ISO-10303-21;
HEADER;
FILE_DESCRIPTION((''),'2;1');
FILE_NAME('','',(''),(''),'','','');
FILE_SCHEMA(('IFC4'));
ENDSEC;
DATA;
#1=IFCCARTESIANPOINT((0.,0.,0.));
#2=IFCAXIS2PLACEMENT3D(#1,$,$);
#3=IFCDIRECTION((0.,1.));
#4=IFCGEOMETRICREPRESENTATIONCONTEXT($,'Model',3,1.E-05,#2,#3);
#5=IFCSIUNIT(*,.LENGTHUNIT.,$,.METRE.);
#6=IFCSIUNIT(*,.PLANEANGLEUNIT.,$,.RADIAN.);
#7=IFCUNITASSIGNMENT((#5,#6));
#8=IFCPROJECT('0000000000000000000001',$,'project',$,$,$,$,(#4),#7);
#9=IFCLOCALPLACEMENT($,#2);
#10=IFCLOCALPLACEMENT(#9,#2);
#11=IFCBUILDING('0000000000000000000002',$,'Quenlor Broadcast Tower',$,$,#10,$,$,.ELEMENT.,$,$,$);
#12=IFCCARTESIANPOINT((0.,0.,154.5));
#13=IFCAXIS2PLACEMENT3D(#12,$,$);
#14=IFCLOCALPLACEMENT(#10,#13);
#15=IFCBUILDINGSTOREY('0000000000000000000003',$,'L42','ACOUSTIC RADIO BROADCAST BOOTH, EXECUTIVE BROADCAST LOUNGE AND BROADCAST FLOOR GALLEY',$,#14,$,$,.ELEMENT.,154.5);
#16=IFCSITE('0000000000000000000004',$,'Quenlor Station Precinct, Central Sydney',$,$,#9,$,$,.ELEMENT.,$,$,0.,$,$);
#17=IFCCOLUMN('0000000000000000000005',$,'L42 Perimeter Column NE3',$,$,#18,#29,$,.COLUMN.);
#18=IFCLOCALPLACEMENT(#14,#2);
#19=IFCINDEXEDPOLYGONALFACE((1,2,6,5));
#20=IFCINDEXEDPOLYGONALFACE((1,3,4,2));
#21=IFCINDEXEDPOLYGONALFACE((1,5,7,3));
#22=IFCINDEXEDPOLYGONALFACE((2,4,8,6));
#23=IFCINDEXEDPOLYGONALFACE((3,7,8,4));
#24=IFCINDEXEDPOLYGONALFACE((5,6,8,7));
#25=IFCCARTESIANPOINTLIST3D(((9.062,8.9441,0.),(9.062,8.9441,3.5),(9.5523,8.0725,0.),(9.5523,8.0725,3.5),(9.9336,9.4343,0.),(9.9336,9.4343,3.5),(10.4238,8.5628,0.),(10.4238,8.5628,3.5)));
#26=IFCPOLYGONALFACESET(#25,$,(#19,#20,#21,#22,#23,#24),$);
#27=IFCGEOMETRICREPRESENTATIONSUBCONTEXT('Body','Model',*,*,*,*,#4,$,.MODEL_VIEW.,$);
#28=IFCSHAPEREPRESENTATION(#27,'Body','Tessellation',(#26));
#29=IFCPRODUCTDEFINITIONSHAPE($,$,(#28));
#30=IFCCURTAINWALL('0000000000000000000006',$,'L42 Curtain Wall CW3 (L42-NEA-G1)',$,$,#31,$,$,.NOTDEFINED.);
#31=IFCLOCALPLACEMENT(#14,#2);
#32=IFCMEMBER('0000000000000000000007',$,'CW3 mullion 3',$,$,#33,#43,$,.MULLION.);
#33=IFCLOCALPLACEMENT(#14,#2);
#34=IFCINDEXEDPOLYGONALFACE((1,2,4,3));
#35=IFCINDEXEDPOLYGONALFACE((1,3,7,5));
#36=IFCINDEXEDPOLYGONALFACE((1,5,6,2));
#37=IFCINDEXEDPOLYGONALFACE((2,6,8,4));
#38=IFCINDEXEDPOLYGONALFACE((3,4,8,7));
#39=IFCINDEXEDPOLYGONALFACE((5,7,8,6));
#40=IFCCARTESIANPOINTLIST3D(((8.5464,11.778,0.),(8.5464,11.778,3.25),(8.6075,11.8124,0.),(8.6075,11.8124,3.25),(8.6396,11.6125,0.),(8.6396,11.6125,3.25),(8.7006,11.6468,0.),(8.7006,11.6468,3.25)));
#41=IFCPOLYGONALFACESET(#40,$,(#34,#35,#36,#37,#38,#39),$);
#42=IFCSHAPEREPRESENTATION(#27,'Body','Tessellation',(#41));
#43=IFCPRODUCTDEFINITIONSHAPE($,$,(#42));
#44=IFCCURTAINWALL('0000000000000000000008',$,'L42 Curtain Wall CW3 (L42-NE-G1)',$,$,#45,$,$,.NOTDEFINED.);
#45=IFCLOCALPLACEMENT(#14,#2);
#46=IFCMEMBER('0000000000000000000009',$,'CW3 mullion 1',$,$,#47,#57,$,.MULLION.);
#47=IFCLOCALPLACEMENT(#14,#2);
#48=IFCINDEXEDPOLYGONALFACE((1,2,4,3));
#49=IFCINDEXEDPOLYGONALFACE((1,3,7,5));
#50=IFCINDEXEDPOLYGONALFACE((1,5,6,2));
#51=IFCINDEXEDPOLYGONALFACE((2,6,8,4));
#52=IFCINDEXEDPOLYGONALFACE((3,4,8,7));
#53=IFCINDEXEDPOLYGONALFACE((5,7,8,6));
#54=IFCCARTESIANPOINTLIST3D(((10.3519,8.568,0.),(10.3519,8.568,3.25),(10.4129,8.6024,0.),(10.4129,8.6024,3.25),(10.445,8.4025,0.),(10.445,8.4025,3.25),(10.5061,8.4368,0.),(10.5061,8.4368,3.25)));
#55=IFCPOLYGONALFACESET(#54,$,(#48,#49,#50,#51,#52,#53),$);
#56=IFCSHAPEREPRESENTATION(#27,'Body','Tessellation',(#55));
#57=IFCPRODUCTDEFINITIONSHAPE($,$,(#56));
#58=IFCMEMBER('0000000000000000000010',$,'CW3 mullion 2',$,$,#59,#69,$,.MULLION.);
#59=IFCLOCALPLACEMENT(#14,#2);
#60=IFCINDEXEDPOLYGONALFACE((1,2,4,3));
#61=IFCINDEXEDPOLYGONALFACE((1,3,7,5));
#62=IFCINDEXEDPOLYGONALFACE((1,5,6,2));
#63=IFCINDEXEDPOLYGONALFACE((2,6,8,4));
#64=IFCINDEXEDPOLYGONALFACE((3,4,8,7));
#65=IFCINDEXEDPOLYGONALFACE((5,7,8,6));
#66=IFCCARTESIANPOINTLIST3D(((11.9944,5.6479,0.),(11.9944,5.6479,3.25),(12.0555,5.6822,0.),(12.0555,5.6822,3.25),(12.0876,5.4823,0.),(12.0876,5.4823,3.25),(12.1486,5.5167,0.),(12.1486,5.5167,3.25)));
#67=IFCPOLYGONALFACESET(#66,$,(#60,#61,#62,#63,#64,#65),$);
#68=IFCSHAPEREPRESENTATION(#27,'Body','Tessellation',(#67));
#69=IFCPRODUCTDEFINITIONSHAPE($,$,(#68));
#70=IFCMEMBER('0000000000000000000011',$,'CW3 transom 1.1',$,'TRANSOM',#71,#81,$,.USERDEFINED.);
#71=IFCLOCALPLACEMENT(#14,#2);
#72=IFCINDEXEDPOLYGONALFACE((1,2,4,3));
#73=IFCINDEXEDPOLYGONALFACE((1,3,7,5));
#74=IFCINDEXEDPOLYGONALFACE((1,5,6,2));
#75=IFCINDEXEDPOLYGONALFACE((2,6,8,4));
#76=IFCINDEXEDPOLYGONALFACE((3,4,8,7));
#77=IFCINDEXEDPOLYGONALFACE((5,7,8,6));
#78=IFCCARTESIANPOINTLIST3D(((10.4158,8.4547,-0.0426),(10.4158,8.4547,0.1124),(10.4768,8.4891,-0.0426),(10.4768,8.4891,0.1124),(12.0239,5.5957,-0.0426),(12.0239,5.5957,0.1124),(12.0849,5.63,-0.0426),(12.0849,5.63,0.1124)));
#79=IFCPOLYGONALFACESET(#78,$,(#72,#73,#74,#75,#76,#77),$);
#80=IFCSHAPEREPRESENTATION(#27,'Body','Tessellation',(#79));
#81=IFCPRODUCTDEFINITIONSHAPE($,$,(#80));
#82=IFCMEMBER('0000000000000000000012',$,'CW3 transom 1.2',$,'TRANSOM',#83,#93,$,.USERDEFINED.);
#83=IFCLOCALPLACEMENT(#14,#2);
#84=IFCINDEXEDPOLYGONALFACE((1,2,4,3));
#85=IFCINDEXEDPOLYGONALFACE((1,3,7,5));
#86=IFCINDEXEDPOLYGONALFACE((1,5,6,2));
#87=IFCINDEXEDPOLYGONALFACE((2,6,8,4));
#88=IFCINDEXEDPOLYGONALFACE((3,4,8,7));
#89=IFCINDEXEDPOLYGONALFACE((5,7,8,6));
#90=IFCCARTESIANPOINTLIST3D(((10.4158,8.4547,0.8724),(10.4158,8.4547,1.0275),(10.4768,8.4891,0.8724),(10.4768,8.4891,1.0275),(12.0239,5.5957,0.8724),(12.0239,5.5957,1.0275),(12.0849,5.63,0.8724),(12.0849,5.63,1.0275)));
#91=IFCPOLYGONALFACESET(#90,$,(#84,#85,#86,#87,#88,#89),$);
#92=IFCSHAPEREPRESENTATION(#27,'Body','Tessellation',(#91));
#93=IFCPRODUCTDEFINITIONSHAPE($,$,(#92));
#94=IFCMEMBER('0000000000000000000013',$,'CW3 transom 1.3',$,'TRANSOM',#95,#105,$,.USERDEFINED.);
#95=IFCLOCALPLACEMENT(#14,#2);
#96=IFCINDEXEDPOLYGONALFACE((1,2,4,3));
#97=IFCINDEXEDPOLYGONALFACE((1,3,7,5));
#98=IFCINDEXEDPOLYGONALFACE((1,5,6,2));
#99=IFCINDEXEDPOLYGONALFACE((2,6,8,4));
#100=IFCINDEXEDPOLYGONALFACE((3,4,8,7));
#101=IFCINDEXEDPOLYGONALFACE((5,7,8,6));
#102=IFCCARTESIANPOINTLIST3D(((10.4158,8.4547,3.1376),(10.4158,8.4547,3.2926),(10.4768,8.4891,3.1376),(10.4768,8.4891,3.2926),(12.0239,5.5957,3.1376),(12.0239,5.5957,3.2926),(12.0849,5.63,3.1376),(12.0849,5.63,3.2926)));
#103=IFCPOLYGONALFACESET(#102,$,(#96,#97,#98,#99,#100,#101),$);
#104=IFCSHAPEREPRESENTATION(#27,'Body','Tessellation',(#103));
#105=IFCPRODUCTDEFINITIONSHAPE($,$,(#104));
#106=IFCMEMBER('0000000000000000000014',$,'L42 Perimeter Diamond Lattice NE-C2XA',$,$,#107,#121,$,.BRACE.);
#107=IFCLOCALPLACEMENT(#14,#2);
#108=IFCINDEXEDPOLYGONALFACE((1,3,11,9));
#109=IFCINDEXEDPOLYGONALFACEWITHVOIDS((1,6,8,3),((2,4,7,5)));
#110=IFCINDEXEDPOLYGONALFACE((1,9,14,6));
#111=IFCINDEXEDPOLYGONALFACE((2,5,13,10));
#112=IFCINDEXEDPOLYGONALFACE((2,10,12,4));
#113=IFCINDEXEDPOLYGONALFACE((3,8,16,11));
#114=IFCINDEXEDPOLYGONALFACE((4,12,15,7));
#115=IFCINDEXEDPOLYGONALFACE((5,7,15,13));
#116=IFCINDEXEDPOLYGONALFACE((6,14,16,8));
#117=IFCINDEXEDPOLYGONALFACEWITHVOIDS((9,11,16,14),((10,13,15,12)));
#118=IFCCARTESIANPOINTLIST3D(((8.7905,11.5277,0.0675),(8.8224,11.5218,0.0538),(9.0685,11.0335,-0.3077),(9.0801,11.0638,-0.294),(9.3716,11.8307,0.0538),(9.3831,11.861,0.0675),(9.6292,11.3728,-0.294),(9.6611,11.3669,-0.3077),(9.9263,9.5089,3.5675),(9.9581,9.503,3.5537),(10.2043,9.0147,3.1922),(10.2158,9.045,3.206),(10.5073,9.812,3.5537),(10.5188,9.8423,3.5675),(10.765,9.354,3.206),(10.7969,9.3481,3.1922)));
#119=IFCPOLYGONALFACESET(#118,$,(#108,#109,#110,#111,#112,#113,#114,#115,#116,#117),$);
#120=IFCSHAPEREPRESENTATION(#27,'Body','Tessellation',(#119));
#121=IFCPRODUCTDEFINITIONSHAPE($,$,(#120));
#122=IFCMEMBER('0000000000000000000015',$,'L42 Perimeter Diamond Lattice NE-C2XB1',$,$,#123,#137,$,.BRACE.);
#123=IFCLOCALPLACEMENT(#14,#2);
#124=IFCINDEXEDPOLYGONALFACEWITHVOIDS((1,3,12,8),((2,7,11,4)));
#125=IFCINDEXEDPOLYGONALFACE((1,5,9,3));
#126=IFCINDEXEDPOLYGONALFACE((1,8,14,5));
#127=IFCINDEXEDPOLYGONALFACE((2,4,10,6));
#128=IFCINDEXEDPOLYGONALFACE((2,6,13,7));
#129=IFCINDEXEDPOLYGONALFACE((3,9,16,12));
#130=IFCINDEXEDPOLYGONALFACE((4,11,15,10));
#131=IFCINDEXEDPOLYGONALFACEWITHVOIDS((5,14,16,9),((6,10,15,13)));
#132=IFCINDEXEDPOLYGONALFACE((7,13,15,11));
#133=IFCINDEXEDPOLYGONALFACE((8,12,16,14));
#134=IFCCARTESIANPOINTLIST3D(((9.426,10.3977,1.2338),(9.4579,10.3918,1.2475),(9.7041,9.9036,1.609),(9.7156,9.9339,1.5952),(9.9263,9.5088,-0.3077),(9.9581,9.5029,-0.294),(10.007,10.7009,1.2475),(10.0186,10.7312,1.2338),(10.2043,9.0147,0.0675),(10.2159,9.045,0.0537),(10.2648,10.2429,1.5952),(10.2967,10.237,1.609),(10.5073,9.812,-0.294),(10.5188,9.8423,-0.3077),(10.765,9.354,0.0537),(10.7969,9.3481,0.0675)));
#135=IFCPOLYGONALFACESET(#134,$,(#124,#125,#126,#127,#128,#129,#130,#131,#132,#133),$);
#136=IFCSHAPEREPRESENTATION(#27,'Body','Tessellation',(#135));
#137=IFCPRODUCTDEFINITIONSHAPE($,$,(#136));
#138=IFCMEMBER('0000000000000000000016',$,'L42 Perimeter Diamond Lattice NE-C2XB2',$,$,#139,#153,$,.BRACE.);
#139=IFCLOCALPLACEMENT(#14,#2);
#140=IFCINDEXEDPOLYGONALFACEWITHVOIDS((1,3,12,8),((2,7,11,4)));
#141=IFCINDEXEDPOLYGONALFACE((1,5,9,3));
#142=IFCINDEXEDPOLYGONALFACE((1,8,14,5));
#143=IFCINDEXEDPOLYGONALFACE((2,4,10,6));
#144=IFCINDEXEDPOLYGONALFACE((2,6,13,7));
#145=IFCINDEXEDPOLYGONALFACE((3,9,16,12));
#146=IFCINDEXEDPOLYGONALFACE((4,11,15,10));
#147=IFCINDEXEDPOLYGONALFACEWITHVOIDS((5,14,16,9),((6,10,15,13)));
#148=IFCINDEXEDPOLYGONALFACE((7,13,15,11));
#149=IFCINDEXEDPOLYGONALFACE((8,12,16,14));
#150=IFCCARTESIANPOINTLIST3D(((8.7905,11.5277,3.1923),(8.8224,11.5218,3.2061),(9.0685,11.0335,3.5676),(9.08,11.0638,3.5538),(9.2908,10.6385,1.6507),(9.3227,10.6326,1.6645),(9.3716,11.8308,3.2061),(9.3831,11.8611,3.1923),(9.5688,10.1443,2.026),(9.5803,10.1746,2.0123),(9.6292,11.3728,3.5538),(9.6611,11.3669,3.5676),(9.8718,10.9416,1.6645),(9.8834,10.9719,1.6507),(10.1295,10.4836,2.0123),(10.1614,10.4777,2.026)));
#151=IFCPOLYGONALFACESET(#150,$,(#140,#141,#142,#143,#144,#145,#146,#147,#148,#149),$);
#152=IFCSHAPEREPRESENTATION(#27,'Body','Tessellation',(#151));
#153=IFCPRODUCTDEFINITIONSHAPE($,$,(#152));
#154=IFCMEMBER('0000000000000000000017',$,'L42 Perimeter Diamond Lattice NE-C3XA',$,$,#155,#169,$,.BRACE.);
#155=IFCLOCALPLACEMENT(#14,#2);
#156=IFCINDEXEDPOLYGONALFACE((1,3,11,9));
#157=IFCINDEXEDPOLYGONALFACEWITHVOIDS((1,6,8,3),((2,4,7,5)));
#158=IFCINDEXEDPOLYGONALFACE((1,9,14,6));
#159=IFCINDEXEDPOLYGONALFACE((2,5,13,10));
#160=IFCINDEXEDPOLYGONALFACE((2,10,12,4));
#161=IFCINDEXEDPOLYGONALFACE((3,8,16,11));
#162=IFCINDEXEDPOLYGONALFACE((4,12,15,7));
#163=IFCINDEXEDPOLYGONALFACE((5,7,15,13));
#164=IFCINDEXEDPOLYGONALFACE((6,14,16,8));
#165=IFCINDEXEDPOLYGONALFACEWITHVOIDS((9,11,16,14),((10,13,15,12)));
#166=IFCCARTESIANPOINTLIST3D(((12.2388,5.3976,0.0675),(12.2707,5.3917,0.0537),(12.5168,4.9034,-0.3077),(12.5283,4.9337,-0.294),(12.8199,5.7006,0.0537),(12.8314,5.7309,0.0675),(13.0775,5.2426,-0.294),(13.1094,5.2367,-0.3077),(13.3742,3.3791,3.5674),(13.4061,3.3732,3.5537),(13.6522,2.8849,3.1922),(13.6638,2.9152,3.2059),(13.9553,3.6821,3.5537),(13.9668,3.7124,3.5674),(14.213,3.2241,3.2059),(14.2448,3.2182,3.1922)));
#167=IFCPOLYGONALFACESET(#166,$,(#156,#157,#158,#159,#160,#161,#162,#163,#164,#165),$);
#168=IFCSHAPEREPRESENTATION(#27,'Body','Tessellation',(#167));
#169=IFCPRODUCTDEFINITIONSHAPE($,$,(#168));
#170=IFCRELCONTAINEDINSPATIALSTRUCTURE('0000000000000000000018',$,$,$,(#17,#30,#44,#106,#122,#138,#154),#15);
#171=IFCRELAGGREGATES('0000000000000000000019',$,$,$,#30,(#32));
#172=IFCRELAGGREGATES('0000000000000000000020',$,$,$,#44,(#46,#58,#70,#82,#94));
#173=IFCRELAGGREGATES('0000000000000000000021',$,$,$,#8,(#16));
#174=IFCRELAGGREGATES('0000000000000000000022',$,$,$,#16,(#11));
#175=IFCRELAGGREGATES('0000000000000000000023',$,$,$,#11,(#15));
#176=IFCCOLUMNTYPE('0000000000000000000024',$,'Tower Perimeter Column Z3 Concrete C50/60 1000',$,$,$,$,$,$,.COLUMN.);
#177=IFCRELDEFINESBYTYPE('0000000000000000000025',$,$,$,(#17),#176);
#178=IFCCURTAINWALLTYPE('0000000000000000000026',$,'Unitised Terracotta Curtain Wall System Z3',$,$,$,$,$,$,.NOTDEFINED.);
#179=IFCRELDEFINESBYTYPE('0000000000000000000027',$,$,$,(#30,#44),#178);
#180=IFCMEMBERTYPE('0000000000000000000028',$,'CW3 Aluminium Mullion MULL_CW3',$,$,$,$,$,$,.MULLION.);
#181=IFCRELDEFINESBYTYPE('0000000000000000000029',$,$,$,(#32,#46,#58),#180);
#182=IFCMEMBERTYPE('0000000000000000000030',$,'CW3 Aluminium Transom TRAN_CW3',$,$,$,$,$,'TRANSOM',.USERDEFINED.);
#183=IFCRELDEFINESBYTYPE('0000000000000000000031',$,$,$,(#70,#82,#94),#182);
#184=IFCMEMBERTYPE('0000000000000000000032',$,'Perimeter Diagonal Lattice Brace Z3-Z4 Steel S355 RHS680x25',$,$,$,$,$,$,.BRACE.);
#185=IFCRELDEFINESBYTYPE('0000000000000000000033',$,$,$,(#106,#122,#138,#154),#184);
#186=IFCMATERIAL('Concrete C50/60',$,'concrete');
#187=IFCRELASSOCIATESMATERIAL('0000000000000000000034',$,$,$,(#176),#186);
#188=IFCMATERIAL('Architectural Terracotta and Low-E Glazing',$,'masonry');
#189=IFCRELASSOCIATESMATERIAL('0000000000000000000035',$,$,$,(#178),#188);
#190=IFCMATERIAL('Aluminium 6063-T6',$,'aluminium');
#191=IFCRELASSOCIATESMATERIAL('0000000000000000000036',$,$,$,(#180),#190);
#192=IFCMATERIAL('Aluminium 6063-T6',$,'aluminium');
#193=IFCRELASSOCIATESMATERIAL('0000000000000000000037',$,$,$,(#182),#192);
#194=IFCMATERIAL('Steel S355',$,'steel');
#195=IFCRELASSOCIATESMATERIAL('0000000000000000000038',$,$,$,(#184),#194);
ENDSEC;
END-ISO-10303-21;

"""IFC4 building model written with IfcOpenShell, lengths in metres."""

from ifc_helpers import new_model, si_unit, direction, frame, origin, origin_2d, place, context, subcontext, project, spatial, rectangle, hollow_rectangle, extrude, material, material_profile, profile_set, type_object, element, aggregate, save


model = new_model("IFC4")

# Units and contexts
model_context = context("Model", 3, precision=1e-05, world=origin(), true_north=direction((0.0, 1.0)))
body_context = subcontext(model_context, "Body", "Model", "MODEL_VIEW")
ifc_project = project(units=[si_unit("LENGTHUNIT", "METRE"), si_unit("PLANEANGLEUNIT", "RADIAN")], contexts=[model_context])

# Site, building, storey
site_placement = place(None, origin())
site = spatial("IfcSite", under=ifc_project, at=site_placement, Name="Quenlor Station Precinct, Central Sydney", CompositionType="ELEMENT", RefElevation=0.0)
building_placement = place(site_placement, origin())
building = spatial("IfcBuilding", under=site, at=building_placement, Name="Quenlor Broadcast Tower", CompositionType="ELEMENT")
storey_placement = place(building_placement, frame((0.0, 0.0, 154.5)))
storey = spatial("IfcBuildingStorey", under=building, at=storey_placement, Name="L42", Description="ACOUSTIC RADIO BROADCAST BOOTH, EXECUTIVE BROADCAST LOUNGE AND BROADCAST FLOOR GALLEY", CompositionType="ELEMENT", Elevation=154.5)

# Column
ifc_material_1 = material(Name="Concrete C50/60", Category="concrete")
ifc_material_profile_1 = material_profile(ifc_material_1, rectangle(XDim=1.0, YDim=1.0, at=origin_2d()))
ifc_profile_set_1 = profile_set([ifc_material_profile_1], Name="Concrete C50/60 RC1000x1000")
column_type = type_object("IfcColumnType", Name="Tower Perimeter Column Z3 Concrete C50/60 1000", PredefinedType="COLUMN", material=ifc_profile_set_1)
column_placement = place(storey_placement, frame((9.7429, 8.7534, 0.0), z_axis=(0.0, 0.0, 1.0), x_axis=(0.871575, 0.490262, 0.0)))
element("IfcColumn", 1, at=column_placement, inside=storey, type_object=column_type, Name="L42 Perimeter Column NE3", PredefinedType="COLUMN", context=body_context, shape_type="SweptSolid", body=[
    extrude(rectangle(XDim=1.0, YDim=1.0, at=origin_2d()), origin(), (0.0, 0.0, 1.0), 3.5),
])

# Curtain wall, member
ifc_material_2 = material(Name="Architectural Terracotta and Low-E Glazing", Category="masonry")
curtain_wall_type = type_object("IfcCurtainWallType", Name="Unitised Terracotta Curtain Wall System Z3", PredefinedType="NOTDEFINED", material=ifc_material_2)
curtain_wall_1_placement = place(storey_placement, origin())
curtain_wall_1 = element("IfcCurtainWall", 2, at=curtain_wall_1_placement, inside=storey, type_object=curtain_wall_type, Name="L42 Curtain Wall CW3 (L42-NEA-G1)", PredefinedType="NOTDEFINED")
ifc_material_3 = material(Name="Aluminium 6063-T6", Category="aluminium")
ifc_material_profile_2 = material_profile(ifc_material_3, rectangle(XDim=0.0701, YDim=0.1899, at=origin_2d()))
ifc_profile_set_2 = profile_set([ifc_material_profile_2], Name="Aluminium 6063-T6 MULL70x190")
member_type_1 = type_object("IfcMemberType", Name="CW3 Aluminium Mullion MULL_CW3", PredefinedType="MULLION", material=ifc_profile_set_2)
member_1_placement = place(storey_placement, frame((8.6235, 11.7124, 0.0), z_axis=(0.0, 0.0, 1.0), x_axis=(0.871571, 0.49027, 0.0)))
member_1 = element("IfcMember", 3, at=member_1_placement, type_object=member_type_1, Name="CW3 mullion 3", PredefinedType="MULLION", context=body_context, shape_type="SweptSolid", body=[
    extrude(rectangle(XDim=0.0701, YDim=0.1899, at=origin_2d()), origin(), (0.0, 0.0, 1.0), 3.25),
])
aggregate(curtain_wall_1, [member_1])

# Curtain wall, members
curtain_wall_2_placement = place(storey_placement, origin())
curtain_wall_2 = element("IfcCurtainWall", 4, at=curtain_wall_2_placement, inside=storey, type_object=curtain_wall_type, Name="L42 Curtain Wall CW3 (L42-NE-G1)", PredefinedType="NOTDEFINED")
member_2_placement = place(storey_placement, frame((10.429, 8.5024, 0.0), z_axis=(0.0, 0.0, 1.0), x_axis=(0.871579, 0.490256, 0.0)))
member_2 = element("IfcMember", 5, at=member_2_placement, type_object=member_type_1, Name="CW3 mullion 1", PredefinedType="MULLION", context=body_context, shape_type="SweptSolid", body=[
    extrude(rectangle(XDim=0.0701, YDim=0.1899, at=origin_2d()), origin(), (0.0, 0.0, 1.0), 3.25),
])
member_3_placement = place(storey_placement, frame((12.0715, 5.5823, 0.0), z_axis=(0.0, 0.0, 1.0), x_axis=(0.871579, 0.490256, 0.0)))
member_3 = element("IfcMember", 6, at=member_3_placement, type_object=member_type_1, Name="CW3 mullion 2", PredefinedType="MULLION", context=body_context, shape_type="SweptSolid", body=[
    extrude(rectangle(XDim=0.0701, YDim=0.1899, at=origin_2d()), origin(), (0.0, 0.0, 1.0), 3.25),
])
ifc_material_4 = material(Name="Aluminium 6063-T6", Category="aluminium")
ifc_material_profile_3 = material_profile(ifc_material_4, rectangle(XDim=0.0701, YDim=0.155, at=origin_2d()))
ifc_profile_set_3 = profile_set([ifc_material_profile_3], Name="Aluminium 6063-T6 TRAN70x155")
member_type_2 = type_object("IfcMemberType", Name="CW3 Aluminium Transom TRAN_CW3", ElementType="TRANSOM", PredefinedType="USERDEFINED", material=ifc_profile_set_3)
member_4_placement = place(storey_placement, frame((10.4463, 8.4719, 0.0349), z_axis=(0.490237, -0.871589, 0.0), x_axis=(0.871589, 0.490237, 0.0)))
member_4 = element("IfcMember", 7, at=member_4_placement, type_object=member_type_2, Name="CW3 transom 1.1", ObjectType="TRANSOM", PredefinedType="USERDEFINED", context=body_context, shape_type="SweptSolid", body=[
    extrude(rectangle(XDim=0.0701, YDim=0.155, at=origin_2d()), origin(), (0.0, 0.0, 1.0), 3.2803),
])
member_5_placement = place(storey_placement, frame((10.4463, 8.4719, 0.95), z_axis=(0.490237, -0.871589, 0.0), x_axis=(0.871589, 0.490237, 0.0)))
member_5 = element("IfcMember", 8, at=member_5_placement, type_object=member_type_2, Name="CW3 transom 1.2", ObjectType="TRANSOM", PredefinedType="USERDEFINED", context=body_context, shape_type="SweptSolid", body=[
    extrude(rectangle(XDim=0.0701, YDim=0.155, at=origin_2d()), origin(), (0.0, 0.0, 1.0), 3.2803),
])
member_6_placement = place(storey_placement, frame((10.4463, 8.4719, 3.2151), z_axis=(0.490237, -0.871589, 0.0), x_axis=(0.871589, 0.490237, 0.0)))
member_6 = element("IfcMember", 9, at=member_6_placement, type_object=member_type_2, Name="CW3 transom 1.3", ObjectType="TRANSOM", PredefinedType="USERDEFINED", context=body_context, shape_type="SweptSolid", body=[
    extrude(rectangle(XDim=0.0701, YDim=0.155, at=origin_2d()), origin(), (0.0, 0.0, 1.0), 3.2803),
])

# Members
ifc_material_5 = material(Name="Steel S355", Category="steel")
ifc_material_profile_4 = material_profile(ifc_material_5, hollow_rectangle(XDim=0.6799, YDim=0.6799, WallThickness=0.0249, at=origin_2d()))
ifc_profile_set_4 = profile_set([ifc_material_profile_4], Name="Steel S355 RHS680x680x25")
member_type_3 = type_object("IfcMemberType", Name="Perimeter Diagonal Lattice Brace Z3-Z4 Steel S355 RHS680x25", PredefinedType="BRACE", material=ifc_profile_set_4)
member_7_placement = place(storey_placement, frame((9.2258, 11.4473, -0.1201), z_axis=(0.270603, -0.481001, 0.833914), x_axis=(0.871545, 0.490316, 0.0)))
element("IfcMember", 10, at=member_7_placement, inside=storey, type_object=member_type_3, Name="L42 Perimeter Diamond Lattice NE-C2XA", PredefinedType="BRACE", context=body_context, shape_type="SweptSolid", body=[
    extrude(hollow_rectangle(XDim=0.6799, YDim=0.6799, WallThickness=0.0249, at=origin_2d()), origin(), (0.0, 0.0, 1.0), 4.197),
])
member_8_placement = place(storey_placement, frame((10.3616, 9.4285, -0.1201), z_axis=(-0.270634, 0.480906, 0.833958), x_axis=(-0.87148, -0.490432, 0.0)))
element("IfcMember", 11, at=member_8_placement, inside=storey, type_object=member_type_3, Name="L42 Perimeter Diamond Lattice NE-C2XB1", PredefinedType="BRACE", context=body_context, shape_type="SweptSolid", body=[
    extrude(hollow_rectangle(XDim=0.6799, YDim=0.6799, WallThickness=0.0249, at=origin_2d()), origin(), (0.0, 0.0, 1.0), 1.8484),
])
member_9_placement = place(storey_placement, frame((9.7261, 10.5581, 1.8384), z_axis=(-0.270616, 0.481008, 0.833905), x_axis=(-0.871537, -0.490329, 0.0)))
element("IfcMember", 12, at=member_9_placement, inside=storey, type_object=member_type_3, Name="L42 Perimeter Diamond Lattice NE-C2XB2", PredefinedType="BRACE", context=body_context, shape_type="SweptSolid", body=[
    extrude(hollow_rectangle(XDim=0.6799, YDim=0.6799, WallThickness=0.0249, at=origin_2d()), origin(), (0.0, 0.0, 1.0), 1.8486),
])
member_10_placement = place(storey_placement, frame((12.6741, 5.3171, -0.1201), z_axis=(0.270557, -0.480964, 0.83395), x_axis=(0.871564, 0.490281, 0.0)))
element("IfcMember", 13, at=member_10_placement, inside=storey, type_object=member_type_3, Name="L42 Perimeter Diamond Lattice NE-C3XA", PredefinedType="BRACE", context=body_context, shape_type="SweptSolid", body=[
    extrude(hollow_rectangle(XDim=0.6799, YDim=0.6799, WallThickness=0.0249, at=origin_2d()), origin(), (0.0, 0.0, 1.0), 4.1968),
])

aggregate(curtain_wall_2, [member_2, member_3, member_4, member_5, member_6])

save(model, "model.ifc")
